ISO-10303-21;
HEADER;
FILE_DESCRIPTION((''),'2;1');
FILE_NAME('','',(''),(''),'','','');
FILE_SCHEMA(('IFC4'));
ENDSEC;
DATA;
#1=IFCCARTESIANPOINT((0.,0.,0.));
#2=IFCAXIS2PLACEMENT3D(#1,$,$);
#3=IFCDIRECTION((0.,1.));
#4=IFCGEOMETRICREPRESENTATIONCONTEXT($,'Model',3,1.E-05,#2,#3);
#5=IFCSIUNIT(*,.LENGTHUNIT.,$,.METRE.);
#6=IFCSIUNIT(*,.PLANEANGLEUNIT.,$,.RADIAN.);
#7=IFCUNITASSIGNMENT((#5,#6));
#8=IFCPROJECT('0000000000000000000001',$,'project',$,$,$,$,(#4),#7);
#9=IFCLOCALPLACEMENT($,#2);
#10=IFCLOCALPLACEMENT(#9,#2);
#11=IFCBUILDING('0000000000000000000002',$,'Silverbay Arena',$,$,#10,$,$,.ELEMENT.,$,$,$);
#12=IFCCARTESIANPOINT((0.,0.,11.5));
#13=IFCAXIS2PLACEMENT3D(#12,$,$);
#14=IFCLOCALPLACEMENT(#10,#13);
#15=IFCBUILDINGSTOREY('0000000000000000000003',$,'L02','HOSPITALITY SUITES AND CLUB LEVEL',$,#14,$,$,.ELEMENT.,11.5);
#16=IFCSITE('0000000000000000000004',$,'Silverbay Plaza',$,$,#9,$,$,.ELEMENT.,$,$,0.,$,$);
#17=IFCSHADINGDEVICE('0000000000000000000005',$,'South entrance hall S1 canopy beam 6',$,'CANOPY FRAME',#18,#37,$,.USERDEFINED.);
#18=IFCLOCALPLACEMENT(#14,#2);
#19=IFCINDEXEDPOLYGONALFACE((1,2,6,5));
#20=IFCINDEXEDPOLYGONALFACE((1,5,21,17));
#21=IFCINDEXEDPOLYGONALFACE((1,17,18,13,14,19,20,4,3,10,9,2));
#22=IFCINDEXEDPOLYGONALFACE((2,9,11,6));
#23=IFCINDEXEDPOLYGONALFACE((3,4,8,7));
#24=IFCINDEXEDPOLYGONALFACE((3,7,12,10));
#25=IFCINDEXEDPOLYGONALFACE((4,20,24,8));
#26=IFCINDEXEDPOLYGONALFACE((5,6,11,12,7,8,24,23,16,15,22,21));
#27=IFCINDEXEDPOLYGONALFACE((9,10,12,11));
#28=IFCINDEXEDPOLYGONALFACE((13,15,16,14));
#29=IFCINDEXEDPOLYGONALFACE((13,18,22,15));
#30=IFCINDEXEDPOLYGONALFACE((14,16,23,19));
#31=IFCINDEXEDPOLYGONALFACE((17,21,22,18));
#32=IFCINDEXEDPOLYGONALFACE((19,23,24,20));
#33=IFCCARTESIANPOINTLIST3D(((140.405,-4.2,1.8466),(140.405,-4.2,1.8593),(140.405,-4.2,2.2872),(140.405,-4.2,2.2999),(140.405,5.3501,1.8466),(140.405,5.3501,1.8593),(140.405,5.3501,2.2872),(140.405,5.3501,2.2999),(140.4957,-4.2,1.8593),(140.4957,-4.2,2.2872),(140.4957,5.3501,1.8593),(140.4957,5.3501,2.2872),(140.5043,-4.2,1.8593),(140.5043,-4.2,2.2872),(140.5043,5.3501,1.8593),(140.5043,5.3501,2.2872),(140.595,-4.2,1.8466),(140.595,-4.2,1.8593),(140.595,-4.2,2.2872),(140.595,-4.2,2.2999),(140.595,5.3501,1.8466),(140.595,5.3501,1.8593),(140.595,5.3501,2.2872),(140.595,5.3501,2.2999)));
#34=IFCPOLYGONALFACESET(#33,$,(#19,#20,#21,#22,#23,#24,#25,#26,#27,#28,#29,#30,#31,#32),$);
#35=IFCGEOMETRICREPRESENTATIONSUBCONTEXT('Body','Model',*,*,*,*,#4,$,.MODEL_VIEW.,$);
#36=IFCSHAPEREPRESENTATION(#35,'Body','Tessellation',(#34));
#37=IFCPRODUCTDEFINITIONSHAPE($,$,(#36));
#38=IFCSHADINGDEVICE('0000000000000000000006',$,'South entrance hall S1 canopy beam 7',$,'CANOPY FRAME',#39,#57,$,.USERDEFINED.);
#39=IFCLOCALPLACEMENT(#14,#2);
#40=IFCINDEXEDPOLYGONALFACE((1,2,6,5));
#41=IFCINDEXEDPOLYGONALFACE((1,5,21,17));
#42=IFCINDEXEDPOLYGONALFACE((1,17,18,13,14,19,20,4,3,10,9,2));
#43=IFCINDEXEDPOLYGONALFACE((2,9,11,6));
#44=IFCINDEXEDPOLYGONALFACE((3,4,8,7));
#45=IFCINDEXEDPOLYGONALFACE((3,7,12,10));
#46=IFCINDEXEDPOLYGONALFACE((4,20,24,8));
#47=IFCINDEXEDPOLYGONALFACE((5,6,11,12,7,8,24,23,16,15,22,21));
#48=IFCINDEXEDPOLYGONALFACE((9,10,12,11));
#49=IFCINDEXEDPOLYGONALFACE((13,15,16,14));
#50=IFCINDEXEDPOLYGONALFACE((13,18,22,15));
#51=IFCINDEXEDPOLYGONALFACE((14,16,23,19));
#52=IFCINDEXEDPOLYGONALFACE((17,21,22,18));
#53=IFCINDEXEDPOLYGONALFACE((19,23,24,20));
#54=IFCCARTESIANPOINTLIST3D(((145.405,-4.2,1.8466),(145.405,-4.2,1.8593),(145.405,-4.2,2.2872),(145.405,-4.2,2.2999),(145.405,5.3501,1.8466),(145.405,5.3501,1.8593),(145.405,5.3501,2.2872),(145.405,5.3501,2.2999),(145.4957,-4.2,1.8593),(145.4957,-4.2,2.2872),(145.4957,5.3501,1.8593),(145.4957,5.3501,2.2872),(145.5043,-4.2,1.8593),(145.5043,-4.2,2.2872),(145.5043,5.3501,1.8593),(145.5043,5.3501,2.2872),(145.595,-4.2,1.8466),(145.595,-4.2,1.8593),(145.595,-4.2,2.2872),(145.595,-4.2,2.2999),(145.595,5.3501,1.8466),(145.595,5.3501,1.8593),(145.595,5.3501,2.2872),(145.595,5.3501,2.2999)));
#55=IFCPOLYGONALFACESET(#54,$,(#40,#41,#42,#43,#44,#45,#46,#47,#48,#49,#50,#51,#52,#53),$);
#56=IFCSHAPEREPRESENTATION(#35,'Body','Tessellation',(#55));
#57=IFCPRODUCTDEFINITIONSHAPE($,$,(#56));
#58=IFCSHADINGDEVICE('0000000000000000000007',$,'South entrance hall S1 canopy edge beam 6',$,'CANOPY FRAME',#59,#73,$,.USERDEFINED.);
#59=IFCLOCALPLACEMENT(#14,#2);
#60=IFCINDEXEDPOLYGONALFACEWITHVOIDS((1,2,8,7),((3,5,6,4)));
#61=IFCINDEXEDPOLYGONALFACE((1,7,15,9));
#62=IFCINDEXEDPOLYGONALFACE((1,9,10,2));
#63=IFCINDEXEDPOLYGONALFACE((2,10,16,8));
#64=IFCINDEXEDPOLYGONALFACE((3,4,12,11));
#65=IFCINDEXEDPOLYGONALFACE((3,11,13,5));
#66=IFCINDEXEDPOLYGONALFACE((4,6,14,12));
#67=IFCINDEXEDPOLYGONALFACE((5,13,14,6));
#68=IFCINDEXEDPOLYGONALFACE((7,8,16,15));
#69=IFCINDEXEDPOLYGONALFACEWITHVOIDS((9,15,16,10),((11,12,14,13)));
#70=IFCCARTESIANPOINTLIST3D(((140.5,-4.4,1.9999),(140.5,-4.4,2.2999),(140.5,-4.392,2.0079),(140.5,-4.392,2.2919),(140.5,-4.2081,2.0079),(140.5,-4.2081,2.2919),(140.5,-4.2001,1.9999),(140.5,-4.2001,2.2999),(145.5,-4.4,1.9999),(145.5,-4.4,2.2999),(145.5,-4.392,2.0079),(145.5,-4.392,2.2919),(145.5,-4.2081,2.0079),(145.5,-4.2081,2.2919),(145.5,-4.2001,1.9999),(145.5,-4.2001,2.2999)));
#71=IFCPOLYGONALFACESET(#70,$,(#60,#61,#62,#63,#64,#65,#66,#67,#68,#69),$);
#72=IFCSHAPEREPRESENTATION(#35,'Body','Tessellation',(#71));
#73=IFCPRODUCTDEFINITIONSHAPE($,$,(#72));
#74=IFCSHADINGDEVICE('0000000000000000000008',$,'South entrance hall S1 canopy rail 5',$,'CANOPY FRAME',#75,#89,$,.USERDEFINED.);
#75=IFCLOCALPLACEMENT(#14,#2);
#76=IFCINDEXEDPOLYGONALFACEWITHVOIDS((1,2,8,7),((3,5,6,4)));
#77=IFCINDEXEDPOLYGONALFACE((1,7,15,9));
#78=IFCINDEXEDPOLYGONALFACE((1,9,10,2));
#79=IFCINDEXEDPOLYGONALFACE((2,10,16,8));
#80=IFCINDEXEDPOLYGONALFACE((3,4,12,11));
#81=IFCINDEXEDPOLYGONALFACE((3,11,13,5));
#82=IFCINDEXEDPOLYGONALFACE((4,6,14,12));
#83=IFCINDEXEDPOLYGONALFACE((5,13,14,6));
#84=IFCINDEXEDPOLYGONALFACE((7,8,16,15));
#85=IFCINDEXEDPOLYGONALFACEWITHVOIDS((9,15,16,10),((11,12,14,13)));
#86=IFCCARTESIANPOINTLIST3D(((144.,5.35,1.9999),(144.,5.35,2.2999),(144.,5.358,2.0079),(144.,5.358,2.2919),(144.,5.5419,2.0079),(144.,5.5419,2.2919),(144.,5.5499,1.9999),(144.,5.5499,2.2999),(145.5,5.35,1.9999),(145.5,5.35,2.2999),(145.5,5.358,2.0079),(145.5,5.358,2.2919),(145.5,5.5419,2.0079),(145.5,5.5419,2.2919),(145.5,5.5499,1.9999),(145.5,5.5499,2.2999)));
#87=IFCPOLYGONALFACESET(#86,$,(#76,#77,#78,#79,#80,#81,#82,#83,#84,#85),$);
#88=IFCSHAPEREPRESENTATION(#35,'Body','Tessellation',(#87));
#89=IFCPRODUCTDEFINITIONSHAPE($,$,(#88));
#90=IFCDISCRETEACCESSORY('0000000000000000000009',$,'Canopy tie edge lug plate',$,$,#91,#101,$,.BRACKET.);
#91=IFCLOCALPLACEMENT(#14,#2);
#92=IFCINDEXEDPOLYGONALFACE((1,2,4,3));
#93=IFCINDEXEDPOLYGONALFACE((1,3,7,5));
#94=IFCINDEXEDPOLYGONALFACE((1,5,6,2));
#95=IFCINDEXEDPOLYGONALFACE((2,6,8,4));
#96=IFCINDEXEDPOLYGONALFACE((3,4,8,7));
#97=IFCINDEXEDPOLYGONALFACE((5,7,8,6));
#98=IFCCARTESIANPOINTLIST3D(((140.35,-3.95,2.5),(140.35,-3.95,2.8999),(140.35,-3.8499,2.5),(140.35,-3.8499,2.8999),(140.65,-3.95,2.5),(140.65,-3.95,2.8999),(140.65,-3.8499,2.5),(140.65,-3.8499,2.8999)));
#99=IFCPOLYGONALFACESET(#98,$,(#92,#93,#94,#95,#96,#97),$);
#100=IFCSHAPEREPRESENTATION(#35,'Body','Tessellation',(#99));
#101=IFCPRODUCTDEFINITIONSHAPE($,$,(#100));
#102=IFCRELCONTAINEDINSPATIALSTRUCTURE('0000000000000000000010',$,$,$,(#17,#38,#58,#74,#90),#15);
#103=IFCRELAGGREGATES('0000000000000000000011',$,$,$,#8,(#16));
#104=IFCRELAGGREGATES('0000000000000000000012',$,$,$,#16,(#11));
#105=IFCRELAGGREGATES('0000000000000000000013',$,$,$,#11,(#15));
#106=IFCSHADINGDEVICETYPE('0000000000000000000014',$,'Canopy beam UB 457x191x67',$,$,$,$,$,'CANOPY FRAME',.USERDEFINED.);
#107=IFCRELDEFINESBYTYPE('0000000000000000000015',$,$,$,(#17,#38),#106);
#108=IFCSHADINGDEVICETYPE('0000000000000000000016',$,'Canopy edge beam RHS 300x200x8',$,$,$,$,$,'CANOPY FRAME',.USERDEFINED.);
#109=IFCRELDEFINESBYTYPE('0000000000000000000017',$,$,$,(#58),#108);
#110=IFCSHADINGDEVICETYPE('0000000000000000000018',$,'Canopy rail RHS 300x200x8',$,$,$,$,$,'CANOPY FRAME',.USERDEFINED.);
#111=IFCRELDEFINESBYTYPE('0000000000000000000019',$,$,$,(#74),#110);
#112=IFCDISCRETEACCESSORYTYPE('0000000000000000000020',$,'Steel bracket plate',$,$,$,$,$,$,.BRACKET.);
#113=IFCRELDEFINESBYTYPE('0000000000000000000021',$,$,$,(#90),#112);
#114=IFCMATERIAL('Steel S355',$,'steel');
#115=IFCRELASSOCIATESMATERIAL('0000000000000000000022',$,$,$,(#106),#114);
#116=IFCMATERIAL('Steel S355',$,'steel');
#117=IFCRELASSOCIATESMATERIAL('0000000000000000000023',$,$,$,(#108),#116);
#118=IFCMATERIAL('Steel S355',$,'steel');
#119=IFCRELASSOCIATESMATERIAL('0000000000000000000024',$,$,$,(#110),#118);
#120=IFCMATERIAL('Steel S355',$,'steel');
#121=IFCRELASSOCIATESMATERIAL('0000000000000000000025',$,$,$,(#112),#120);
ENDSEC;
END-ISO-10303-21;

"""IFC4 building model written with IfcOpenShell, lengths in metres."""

from ifc_helpers import new_model, si_unit, direction, frame, origin, origin_2d, place, context, subcontext, project, spatial, rectangle, hollow_rectangle, i_section, extrude, material, material_profile, profile_set, type_object, element, save


model = new_model("IFC4")

# Units and contexts
model_context = context("Model", 3, precision=1e-05, world=origin(), true_north=direction((0.0, 1.0)))
body_context = subcontext(model_context, "Body", "Model", "MODEL_VIEW")
ifc_project = project(units=[si_unit("LENGTHUNIT", "METRE"), si_unit("PLANEANGLEUNIT", "RADIAN")], contexts=[model_context])

# Site, building, storey
site_placement = place(None, origin())
site = spatial("IfcSite", under=ifc_project, at=site_placement, Name="Silverbay Plaza", CompositionType="ELEMENT", RefElevation=0.0)
building_placement = place(site_placement, origin())
building = spatial("IfcBuilding", under=site, at=building_placement, Name="Silverbay Arena", CompositionType="ELEMENT")
storey_placement = place(building_placement, frame((0.0, 0.0, 11.5)))
storey = spatial("IfcBuildingStorey", under=building, at=storey_placement, Name="L02", Description="HOSPITALITY SUITES AND CLUB LEVEL", CompositionType="ELEMENT", Elevation=11.5)

# Shading devices
ifc_material_1 = material(Name="Steel S355", Category="steel")
ifc_material_profile_1 = material_profile(ifc_material_1, i_section(OverallWidth=0.1899, OverallDepth=0.4534, WebThickness=0.0085, FlangeThickness=0.0127, at=origin_2d()), Name="UB 457x191x67")
ifc_profile_set_1 = profile_set([ifc_material_profile_1], Name="Steel S355")
shading_device_type_1 = type_object("IfcShadingDeviceType", Name="Canopy beam UB 457x191x67", ElementType="CANOPY FRAME", PredefinedType="USERDEFINED", material=ifc_profile_set_1)
for number, where, z_axis, x_axis, name in (
    (1, (140.5, 5.3501, 2.0732), (0.0, -1.0, 0.0), (1.0, 0.0, 0.0), "South entrance hall S1 canopy beam 6"),
    (2, (145.5, 5.3501, 2.0732), (0.0, -1.0, 0.0), (1.0, 0.0, 0.0), "South entrance hall S1 canopy beam 7"),
):
    element("IfcShadingDevice", number, at=place(storey_placement, frame(where, z_axis=z_axis, x_axis=x_axis)), inside=storey, type_object=shading_device_type_1, Name=name, ObjectType="CANOPY FRAME", PredefinedType="USERDEFINED", context=body_context, shape_type="SweptSolid", body=[
        extrude(i_section(OverallWidth=0.1899, OverallDepth=0.4534, WebThickness=0.0085, FlangeThickness=0.0127, at=origin_2d()), origin(), (0.0, 0.0, 1.0), 9.55),
    ])
ifc_material_2 = material(Name="Steel S355", Category="steel")
ifc_material_profile_2 = material_profile(ifc_material_2, hollow_rectangle(XDim=0.2, YDim=0.3, WallThickness=0.0081, at=origin_2d()), Name="RHS 300x200x8")
ifc_profile_set_2 = profile_set([ifc_material_profile_2], Name="Steel S355")
shading_device_type_2 = type_object("IfcShadingDeviceType", Name="Canopy edge beam RHS 300x200x8", ElementType="CANOPY FRAME", PredefinedType="USERDEFINED", material=ifc_profile_set_2)
shading_device_1_placement = place(storey_placement, frame((140.5, -4.3, 2.1499), z_axis=(1.0, 0.0, 0.0), x_axis=(0.0, 1.0, 0.0)))
element("IfcShadingDevice", 3, at=shading_device_1_placement, inside=storey, type_object=shading_device_type_2, Name="South entrance hall S1 canopy edge beam 6", ObjectType="CANOPY FRAME", PredefinedType="USERDEFINED", context=body_context, shape_type="SweptSolid", body=[
    extrude(hollow_rectangle(XDim=0.2, YDim=0.3, WallThickness=0.0081, at=origin_2d()), origin(), (0.0, 0.0, 1.0), 5.0),
])
ifc_material_3 = material(Name="Steel S355", Category="steel")
ifc_material_profile_3 = material_profile(ifc_material_3, hollow_rectangle(XDim=0.2, YDim=0.3, WallThickness=0.0081, at=origin_2d()), Name="RHS 300x200x8")
ifc_profile_set_3 = profile_set([ifc_material_profile_3], Name="Steel S355")
shading_device_type_3 = type_object("IfcShadingDeviceType", Name="Canopy rail RHS 300x200x8", ElementType="CANOPY FRAME", PredefinedType="USERDEFINED", material=ifc_profile_set_3)
shading_device_2_placement = place(storey_placement, frame((144.0, 5.45, 2.1499), z_axis=(1.0, 0.0, 0.0), x_axis=(0.0, 1.0, 0.0)))
element("IfcShadingDevice", 4, at=shading_device_2_placement, inside=storey, type_object=shading_device_type_3, Name="South entrance hall S1 canopy rail 5", ObjectType="CANOPY FRAME", PredefinedType="USERDEFINED", context=body_context, shape_type="SweptSolid", body=[
    extrude(hollow_rectangle(XDim=0.2, YDim=0.3, WallThickness=0.0081, at=origin_2d()), origin(), (0.0, 0.0, 1.0), 1.5),
])

# Discrete accessory
ifc_material_4 = material(Name="Steel S355", Category="steel")
discrete_accessory_type = type_object("IfcDiscreteAccessoryType", Name="Steel bracket plate", PredefinedType="BRACKET", material=ifc_material_4)
discrete_accessory_placement = place(storey_placement, frame((140.5, -3.8999, 2.5), z_axis=(0.0, 0.0, 1.0), x_axis=(1.0, 0.0, 0.0)))
element("IfcDiscreteAccessory", 5, at=discrete_accessory_placement, inside=storey, type_object=discrete_accessory_type, Name="Canopy tie edge lug plate", PredefinedType="BRACKET", context=body_context, shape_type="SweptSolid", body=[
    extrude(rectangle(XDim=0.3, YDim=0.1001, at=origin_2d()), origin(), (0.0, 0.0, 1.0), 0.3999),
])

save(model, "model.ifc")
